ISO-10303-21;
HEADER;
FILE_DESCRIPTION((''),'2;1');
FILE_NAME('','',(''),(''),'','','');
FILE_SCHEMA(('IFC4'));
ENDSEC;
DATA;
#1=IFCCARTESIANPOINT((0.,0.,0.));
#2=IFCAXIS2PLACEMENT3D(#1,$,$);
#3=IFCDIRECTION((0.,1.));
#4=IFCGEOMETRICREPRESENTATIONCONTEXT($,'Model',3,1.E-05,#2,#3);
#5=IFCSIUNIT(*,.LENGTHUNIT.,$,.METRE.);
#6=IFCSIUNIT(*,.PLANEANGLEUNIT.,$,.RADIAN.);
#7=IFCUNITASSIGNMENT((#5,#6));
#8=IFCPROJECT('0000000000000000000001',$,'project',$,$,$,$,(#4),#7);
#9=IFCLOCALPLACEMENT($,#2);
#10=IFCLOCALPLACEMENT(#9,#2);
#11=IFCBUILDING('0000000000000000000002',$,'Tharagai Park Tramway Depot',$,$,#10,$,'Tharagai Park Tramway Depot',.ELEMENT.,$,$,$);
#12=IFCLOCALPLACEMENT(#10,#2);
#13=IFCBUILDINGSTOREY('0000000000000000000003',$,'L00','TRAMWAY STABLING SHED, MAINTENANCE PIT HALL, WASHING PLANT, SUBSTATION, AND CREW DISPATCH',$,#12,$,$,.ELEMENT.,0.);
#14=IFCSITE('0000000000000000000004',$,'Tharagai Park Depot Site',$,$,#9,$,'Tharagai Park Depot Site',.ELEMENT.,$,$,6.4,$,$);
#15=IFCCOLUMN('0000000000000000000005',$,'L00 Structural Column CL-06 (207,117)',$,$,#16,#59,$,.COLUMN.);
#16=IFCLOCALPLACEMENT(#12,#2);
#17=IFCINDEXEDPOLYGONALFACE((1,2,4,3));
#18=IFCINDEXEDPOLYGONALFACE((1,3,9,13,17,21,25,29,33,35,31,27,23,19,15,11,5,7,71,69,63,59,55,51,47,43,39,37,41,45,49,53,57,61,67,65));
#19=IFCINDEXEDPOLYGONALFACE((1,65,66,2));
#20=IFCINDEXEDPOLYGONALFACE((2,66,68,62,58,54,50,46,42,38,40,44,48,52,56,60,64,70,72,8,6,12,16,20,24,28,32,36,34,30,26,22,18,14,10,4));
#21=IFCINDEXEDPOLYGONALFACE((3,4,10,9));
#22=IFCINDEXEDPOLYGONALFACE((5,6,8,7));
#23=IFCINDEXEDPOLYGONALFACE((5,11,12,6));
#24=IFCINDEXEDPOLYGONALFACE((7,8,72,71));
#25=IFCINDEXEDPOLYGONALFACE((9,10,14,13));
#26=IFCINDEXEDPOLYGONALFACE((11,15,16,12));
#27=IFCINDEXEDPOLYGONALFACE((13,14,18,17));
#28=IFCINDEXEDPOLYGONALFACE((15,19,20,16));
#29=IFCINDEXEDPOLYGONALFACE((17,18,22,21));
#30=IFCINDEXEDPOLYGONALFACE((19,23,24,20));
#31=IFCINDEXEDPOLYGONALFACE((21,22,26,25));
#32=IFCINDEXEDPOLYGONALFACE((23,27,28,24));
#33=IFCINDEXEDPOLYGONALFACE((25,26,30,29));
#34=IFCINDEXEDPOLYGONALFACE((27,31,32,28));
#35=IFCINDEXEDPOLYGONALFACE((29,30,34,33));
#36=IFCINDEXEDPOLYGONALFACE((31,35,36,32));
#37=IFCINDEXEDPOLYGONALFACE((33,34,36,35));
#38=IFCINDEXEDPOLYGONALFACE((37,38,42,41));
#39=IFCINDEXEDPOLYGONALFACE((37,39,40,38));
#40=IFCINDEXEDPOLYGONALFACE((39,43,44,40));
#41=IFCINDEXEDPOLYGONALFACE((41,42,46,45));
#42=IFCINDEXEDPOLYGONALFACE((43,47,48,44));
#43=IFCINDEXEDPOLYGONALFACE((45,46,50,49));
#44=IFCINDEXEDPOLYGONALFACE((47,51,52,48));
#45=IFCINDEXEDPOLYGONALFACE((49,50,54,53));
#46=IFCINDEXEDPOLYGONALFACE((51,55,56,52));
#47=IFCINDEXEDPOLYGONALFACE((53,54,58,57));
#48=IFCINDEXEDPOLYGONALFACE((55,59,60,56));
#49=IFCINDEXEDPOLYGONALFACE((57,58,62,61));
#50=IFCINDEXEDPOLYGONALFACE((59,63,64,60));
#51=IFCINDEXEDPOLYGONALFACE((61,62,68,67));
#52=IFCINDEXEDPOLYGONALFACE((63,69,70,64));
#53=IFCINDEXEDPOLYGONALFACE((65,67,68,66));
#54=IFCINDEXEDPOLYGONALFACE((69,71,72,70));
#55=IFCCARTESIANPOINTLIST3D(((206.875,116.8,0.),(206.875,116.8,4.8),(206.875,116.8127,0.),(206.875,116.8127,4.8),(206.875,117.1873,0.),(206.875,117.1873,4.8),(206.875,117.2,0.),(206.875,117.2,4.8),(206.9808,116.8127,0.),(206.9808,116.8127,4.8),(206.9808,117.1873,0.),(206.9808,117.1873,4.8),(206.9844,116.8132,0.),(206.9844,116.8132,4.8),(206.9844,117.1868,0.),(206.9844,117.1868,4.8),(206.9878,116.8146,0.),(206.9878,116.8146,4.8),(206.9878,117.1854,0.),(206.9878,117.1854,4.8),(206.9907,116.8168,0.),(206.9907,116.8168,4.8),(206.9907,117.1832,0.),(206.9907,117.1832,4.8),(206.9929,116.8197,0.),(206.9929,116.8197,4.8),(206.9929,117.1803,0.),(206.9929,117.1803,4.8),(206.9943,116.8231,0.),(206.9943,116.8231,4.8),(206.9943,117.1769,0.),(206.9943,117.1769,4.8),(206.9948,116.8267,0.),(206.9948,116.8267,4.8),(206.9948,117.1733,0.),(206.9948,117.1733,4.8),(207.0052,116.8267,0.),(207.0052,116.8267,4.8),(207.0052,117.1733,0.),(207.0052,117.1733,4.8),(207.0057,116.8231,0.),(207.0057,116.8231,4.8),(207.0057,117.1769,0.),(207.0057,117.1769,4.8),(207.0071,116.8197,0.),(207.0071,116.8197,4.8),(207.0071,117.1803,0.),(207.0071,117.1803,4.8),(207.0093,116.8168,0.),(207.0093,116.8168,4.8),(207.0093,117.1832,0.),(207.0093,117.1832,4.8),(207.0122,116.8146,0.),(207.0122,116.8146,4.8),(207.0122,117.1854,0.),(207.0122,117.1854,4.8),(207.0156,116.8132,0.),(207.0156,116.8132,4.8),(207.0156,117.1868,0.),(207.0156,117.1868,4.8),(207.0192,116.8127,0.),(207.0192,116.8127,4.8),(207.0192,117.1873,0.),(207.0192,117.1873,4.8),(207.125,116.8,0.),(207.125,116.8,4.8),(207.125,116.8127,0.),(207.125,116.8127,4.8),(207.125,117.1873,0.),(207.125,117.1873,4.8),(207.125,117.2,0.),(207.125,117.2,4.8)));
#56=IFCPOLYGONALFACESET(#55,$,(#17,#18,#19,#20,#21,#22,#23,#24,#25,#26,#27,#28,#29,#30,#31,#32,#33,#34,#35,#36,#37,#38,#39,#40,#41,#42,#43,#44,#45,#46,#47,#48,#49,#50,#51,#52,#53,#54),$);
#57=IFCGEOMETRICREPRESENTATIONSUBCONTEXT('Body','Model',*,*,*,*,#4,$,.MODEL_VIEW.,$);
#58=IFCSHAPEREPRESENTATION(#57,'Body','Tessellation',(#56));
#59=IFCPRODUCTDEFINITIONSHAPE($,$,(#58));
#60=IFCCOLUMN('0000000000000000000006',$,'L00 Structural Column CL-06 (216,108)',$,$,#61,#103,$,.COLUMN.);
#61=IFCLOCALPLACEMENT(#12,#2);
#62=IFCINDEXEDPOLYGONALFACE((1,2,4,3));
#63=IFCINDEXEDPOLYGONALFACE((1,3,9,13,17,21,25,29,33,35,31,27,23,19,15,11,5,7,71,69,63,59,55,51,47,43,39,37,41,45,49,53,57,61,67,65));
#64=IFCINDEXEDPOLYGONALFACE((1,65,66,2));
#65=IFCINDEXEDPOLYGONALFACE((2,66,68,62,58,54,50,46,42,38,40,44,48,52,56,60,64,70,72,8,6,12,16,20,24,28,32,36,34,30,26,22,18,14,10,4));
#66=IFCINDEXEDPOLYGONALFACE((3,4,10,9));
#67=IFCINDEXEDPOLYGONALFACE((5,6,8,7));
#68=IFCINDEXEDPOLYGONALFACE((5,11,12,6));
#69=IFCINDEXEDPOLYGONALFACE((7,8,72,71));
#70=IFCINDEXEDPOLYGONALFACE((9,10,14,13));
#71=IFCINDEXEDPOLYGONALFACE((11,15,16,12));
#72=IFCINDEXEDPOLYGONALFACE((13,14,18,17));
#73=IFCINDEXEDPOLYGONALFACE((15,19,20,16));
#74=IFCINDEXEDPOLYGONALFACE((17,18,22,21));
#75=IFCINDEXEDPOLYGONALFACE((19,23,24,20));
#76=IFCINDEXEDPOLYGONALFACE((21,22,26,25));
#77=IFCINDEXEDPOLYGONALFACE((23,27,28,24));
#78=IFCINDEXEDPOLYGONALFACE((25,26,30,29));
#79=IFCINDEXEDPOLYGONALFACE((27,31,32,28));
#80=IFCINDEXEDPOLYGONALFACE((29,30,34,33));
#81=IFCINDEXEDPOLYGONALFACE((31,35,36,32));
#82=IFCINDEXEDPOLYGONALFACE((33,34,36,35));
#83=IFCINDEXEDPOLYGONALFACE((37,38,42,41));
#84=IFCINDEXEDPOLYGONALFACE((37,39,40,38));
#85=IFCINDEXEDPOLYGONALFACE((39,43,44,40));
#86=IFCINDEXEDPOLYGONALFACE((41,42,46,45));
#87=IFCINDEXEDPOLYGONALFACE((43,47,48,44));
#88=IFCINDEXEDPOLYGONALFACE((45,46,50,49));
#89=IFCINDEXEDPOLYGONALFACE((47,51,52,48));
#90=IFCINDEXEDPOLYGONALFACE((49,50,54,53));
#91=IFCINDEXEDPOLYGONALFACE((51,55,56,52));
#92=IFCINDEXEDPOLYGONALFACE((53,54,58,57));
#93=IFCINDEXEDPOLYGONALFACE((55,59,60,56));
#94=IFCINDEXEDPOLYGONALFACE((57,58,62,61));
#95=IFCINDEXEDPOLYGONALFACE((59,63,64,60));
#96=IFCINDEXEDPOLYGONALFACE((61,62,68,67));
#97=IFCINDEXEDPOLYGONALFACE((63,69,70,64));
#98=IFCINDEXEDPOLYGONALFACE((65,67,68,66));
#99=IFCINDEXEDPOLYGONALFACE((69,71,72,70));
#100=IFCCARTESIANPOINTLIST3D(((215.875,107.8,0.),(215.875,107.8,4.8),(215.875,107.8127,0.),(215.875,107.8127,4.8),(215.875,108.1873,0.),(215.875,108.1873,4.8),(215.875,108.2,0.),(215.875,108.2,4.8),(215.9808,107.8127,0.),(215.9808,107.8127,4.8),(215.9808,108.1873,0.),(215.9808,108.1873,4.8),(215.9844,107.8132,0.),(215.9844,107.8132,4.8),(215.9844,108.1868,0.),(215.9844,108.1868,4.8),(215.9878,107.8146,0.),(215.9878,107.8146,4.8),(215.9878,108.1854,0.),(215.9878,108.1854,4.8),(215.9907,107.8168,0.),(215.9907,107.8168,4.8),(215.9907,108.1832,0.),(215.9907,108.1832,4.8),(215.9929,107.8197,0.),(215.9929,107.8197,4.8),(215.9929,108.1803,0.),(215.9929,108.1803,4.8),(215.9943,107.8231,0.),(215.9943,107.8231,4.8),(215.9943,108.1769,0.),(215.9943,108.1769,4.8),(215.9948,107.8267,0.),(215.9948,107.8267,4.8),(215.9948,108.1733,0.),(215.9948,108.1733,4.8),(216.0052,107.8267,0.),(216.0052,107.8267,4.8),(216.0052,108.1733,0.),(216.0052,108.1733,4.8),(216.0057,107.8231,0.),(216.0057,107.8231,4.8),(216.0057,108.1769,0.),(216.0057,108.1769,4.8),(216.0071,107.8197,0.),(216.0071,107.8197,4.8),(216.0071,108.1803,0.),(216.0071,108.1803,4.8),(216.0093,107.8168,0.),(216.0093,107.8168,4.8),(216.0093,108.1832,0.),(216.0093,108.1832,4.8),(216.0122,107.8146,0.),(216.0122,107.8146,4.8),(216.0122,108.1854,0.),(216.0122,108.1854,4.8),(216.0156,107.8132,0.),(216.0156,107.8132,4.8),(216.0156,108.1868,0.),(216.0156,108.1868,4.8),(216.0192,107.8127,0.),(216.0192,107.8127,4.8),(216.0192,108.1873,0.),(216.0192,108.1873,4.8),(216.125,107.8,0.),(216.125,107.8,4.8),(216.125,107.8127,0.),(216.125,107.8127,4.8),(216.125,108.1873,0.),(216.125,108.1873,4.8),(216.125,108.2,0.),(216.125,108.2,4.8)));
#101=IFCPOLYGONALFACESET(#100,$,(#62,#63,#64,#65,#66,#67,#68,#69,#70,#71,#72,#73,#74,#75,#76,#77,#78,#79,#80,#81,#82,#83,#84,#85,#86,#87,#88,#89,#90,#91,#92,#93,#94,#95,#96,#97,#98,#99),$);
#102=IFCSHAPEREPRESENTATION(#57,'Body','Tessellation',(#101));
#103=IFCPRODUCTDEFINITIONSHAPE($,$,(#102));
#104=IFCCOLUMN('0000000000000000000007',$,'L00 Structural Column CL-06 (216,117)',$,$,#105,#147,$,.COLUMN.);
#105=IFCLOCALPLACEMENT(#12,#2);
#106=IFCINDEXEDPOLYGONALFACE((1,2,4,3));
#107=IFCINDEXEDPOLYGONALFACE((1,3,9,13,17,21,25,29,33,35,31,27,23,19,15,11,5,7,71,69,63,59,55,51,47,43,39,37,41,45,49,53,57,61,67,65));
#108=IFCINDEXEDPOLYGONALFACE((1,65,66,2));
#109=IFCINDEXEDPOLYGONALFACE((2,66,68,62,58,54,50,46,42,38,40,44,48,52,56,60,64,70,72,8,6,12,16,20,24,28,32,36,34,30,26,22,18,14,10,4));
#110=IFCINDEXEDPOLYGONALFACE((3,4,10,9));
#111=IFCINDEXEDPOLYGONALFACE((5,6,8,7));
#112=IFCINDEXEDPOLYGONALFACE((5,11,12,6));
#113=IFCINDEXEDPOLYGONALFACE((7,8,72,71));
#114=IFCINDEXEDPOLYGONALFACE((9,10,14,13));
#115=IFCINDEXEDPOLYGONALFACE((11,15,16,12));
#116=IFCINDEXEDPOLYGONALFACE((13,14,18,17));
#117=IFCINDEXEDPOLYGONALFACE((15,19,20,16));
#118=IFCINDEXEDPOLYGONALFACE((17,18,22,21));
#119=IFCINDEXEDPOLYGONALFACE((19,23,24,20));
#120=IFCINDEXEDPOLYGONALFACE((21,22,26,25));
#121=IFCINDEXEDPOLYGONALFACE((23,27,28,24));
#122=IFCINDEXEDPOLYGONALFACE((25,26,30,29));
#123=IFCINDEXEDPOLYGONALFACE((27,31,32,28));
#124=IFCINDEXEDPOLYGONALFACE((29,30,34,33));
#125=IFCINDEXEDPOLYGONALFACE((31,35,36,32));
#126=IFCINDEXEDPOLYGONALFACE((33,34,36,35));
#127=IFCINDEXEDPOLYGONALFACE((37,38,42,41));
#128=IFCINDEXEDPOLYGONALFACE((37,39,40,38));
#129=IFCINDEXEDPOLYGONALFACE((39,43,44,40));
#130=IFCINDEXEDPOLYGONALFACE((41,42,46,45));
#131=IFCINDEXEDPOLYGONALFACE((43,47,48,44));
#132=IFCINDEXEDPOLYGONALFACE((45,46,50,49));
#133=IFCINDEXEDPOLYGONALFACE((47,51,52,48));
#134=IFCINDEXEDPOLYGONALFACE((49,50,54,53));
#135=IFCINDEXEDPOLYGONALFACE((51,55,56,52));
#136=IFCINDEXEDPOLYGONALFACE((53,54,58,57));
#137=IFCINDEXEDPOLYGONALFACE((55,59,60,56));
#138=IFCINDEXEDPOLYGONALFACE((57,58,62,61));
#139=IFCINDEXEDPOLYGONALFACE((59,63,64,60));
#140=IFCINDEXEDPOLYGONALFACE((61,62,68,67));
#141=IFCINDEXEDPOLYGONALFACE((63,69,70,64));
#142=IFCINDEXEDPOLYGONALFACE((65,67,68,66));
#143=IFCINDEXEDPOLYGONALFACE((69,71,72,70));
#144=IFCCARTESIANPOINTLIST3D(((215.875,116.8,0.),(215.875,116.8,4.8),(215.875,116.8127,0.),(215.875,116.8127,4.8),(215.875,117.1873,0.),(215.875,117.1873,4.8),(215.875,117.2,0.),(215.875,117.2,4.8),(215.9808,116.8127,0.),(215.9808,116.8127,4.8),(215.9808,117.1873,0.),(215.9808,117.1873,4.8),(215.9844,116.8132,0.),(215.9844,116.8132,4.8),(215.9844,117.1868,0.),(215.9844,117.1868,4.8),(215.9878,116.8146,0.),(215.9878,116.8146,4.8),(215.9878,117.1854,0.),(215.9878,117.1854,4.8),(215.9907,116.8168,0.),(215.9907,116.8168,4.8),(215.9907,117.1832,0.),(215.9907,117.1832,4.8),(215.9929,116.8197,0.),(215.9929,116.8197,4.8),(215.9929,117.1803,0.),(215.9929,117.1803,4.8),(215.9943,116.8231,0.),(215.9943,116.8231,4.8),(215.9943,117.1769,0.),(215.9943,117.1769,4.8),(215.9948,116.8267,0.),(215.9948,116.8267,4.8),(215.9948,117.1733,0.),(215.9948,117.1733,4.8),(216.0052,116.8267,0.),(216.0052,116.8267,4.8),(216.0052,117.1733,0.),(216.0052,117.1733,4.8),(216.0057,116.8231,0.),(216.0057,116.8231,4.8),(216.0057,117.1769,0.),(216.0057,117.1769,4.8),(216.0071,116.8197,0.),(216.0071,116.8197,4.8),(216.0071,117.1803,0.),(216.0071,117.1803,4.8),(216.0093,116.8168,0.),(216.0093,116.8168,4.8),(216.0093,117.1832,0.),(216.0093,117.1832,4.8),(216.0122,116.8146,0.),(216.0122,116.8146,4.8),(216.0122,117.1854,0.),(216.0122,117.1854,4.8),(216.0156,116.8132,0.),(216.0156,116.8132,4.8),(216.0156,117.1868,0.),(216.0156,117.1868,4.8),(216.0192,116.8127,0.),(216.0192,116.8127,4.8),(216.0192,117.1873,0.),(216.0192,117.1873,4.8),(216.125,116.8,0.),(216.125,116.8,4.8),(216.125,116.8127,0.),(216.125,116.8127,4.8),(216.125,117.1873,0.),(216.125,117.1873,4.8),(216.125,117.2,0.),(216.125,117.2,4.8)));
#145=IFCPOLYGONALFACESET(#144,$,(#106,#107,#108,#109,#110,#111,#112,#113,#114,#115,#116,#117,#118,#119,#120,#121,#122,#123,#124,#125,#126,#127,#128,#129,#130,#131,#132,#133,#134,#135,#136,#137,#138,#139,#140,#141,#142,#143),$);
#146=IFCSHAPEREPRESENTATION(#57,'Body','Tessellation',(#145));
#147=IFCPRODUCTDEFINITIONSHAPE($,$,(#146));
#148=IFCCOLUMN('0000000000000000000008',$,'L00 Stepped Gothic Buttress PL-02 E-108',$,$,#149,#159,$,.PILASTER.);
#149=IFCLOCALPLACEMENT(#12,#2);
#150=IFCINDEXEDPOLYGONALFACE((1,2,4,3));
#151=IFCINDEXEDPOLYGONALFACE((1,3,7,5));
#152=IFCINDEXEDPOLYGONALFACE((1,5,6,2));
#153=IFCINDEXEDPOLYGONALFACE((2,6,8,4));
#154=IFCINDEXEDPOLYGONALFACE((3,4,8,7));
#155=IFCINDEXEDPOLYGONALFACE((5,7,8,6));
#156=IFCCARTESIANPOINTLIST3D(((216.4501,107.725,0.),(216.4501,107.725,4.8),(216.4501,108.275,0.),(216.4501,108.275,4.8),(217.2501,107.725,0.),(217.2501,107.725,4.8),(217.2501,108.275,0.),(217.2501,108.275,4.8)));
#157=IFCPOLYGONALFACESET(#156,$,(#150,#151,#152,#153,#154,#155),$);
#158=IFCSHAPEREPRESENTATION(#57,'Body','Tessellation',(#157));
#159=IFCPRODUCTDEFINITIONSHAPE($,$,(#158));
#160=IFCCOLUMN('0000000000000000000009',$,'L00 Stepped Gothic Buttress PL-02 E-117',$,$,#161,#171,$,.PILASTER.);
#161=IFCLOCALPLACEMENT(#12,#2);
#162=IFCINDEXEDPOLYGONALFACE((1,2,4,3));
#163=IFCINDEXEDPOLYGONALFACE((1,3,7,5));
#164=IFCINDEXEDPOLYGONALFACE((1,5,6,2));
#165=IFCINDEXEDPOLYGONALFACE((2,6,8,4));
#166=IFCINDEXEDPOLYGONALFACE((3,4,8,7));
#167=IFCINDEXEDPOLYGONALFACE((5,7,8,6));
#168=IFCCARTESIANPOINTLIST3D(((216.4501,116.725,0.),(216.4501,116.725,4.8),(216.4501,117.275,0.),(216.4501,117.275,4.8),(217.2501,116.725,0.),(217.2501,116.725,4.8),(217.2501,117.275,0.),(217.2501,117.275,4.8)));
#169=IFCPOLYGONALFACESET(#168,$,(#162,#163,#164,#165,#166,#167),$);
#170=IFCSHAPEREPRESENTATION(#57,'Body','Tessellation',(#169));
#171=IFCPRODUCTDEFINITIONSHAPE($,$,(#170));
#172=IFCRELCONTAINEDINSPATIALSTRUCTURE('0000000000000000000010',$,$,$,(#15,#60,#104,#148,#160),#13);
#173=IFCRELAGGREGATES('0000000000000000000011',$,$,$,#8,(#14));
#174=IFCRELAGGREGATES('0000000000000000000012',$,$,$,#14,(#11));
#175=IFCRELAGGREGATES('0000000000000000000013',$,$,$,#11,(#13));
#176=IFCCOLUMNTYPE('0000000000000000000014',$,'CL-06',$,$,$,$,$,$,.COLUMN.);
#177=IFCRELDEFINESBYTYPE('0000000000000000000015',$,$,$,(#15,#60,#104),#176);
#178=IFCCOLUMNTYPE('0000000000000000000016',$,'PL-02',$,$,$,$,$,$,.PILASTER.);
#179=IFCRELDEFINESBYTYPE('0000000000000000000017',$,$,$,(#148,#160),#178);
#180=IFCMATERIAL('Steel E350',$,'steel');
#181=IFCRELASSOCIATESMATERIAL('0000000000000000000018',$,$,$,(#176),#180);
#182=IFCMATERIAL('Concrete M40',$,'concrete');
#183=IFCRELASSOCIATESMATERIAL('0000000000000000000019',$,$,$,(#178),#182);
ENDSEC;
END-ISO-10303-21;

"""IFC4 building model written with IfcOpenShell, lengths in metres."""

from ifc_helpers import new_model, si_unit, direction, frame, origin, origin_2d, place, context, subcontext, project, spatial, rectangle, i_section, extrude, material, material_profile, profile_set, type_object, element, save


model = new_model("IFC4")

# Units and contexts
model_context = context("Model", 3, precision=1e-05, world=origin(), true_north=direction((0.0, 1.0)))
body_context = subcontext(model_context, "Body", "Model", "MODEL_VIEW")
ifc_project = project(units=[si_unit("LENGTHUNIT", "METRE"), si_unit("PLANEANGLEUNIT", "RADIAN")], contexts=[model_context])

# Site, building, storey
site_placement = place(None, origin())
site = spatial("IfcSite", under=ifc_project, at=site_placement, Name="Tharagai Park Depot Site", LongName="Tharagai Park Depot Site", CompositionType="ELEMENT", RefElevation=6.4)
building_placement = place(site_placement, origin())
building = spatial("IfcBuilding", under=site, at=building_placement, Name="Tharagai Park Tramway Depot", LongName="Tharagai Park Tramway Depot", CompositionType="ELEMENT")
storey_placement = place(building_placement, origin())
storey = spatial("IfcBuildingStorey", under=building, at=storey_placement, Name="L00", Description="TRAMWAY STABLING SHED, MAINTENANCE PIT HALL, WASHING PLANT, SUBSTATION, AND CREW DISPATCH", CompositionType="ELEMENT", Elevation=0.0)

# Shared definitions
ifc_material_1 = material(Name="Concrete M40", Category="concrete")

# Columns
ifc_material_2 = material(Name="Steel E350", Category="steel")
ifc_material_profile_1 = material_profile(ifc_material_2, i_section(OverallWidth=0.25, OverallDepth=0.3999, WebThickness=0.0105, FlangeThickness=0.0127, FilletRadius=0.0139, at=origin_2d()), Name="ISHB 400")
ifc_profile_set_1 = profile_set([ifc_material_profile_1], Name="Steel E350")
column_type_1 = type_object("IfcColumnType", Name="CL-06", PredefinedType="COLUMN", material=ifc_profile_set_1)
for number, where, z_axis, x_axis, name in (
    (1, (207.0, 117.0, 0.0), (0.0, 0.0, 1.0), (1.0, 0.0, 0.0), "L00 Structural Column CL-06 (207,117)"),
    (2, (216.0, 108.0, 0.0), (0.0, 0.0, 1.0), (1.0, 0.0, 0.0), "L00 Structural Column CL-06 (216,108)"),
    (3, (216.0, 117.0, 0.0), (0.0, 0.0, 1.0), (1.0, 0.0, 0.0), "L00 Structural Column CL-06 (216,117)"),
):
    element("IfcColumn", number, at=place(storey_placement, frame(where, z_axis=z_axis, x_axis=x_axis)), inside=storey, type_object=column_type_1, Name=name, PredefinedType="COLUMN", context=body_context, shape_type="SweptSolid", body=[
        extrude(i_section(OverallWidth=0.25, OverallDepth=0.3999, WebThickness=0.0105, FlangeThickness=0.0127, FilletRadius=0.0139, at=origin_2d()), origin(), (0.0, 0.0, 1.0), 4.8),
    ])
ifc_material_profile_2 = material_profile(ifc_material_1, rectangle(XDim=0.55, YDim=0.8, at=origin_2d()), Name="RC 550x800")
ifc_profile_set_2 = profile_set([ifc_material_profile_2], Name="Concrete M40")
column_type_2 = type_object("IfcColumnType", Name="PL-02", PredefinedType="PILASTER", material=ifc_profile_set_2)
for number, where, z_axis, x_axis, name in (
    (4, (216.8501, 108.0, 0.0), (0.0, 0.0, 1.0), (0.0, 1.0, 0.0), "L00 Stepped Gothic Buttress PL-02 E-108"),
    (5, (216.8501, 117.0, 0.0), (0.0, 0.0, 1.0), (0.0, 1.0, 0.0), "L00 Stepped Gothic Buttress PL-02 E-117"),
):
    element("IfcColumn", number, at=place(storey_placement, frame(where, z_axis=z_axis, x_axis=x_axis)), inside=storey, type_object=column_type_2, Name=name, PredefinedType="PILASTER", context=body_context, shape_type="SweptSolid", body=[
        extrude(rectangle(XDim=0.55, YDim=0.8, at=origin_2d()), origin(), (0.0, 0.0, 1.0), 4.8),
    ])

save(model, "model.ifc")
